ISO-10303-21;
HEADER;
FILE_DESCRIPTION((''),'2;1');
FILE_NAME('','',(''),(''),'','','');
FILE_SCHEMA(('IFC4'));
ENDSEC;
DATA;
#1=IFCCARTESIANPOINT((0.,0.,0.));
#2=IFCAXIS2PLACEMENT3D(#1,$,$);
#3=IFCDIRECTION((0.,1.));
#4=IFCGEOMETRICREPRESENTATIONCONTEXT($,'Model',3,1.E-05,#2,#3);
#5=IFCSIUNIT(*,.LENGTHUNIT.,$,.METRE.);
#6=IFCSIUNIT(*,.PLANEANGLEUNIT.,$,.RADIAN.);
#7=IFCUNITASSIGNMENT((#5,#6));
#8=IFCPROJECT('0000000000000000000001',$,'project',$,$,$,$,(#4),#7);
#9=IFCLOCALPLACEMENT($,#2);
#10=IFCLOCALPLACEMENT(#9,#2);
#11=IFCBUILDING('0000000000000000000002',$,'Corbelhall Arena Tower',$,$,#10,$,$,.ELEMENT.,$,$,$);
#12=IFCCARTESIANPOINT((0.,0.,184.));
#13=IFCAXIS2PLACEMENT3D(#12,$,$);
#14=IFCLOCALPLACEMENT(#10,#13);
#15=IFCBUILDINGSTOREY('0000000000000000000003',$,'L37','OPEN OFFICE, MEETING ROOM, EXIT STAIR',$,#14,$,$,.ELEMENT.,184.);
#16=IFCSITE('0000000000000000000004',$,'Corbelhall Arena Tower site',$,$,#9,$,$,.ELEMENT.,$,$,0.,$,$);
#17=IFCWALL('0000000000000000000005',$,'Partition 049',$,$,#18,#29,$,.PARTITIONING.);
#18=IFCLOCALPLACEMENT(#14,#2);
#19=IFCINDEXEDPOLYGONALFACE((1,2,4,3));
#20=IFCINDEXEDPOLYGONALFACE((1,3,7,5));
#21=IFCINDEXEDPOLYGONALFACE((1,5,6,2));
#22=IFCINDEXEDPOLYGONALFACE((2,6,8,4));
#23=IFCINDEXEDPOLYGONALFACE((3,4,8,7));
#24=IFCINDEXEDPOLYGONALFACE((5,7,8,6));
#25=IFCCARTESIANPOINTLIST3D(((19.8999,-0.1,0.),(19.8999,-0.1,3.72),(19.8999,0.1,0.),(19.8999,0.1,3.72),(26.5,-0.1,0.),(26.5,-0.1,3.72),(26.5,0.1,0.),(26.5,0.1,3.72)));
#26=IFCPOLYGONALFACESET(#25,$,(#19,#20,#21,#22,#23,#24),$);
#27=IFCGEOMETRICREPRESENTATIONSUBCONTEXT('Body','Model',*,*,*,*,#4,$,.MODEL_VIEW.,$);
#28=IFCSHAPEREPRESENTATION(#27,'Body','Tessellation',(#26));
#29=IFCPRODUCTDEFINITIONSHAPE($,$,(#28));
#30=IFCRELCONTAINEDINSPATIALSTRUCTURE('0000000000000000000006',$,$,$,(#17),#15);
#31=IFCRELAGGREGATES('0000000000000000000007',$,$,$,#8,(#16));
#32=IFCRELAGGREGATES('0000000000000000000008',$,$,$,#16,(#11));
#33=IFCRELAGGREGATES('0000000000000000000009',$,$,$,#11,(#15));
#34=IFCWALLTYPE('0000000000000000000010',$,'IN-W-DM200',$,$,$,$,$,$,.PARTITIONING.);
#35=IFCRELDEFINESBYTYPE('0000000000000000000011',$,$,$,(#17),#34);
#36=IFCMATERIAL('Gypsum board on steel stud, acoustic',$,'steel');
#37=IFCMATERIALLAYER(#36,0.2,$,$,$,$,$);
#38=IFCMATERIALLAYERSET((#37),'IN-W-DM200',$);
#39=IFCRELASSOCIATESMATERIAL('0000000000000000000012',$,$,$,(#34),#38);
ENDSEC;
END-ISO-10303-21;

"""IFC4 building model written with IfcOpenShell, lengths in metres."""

from ifc_helpers import new_model, si_unit, direction, frame, frame_2d, origin, place, context, subcontext, project, spatial, rectangle, extrude, material, layer, layer_set, type_object, element, save


model = new_model("IFC4")

# Units and contexts
model_context = context("Model", 3, precision=1e-05, world=origin(), true_north=direction((0.0, 1.0)))
body_context = subcontext(model_context, "Body", "Model", "MODEL_VIEW")
ifc_project = project(units=[si_unit("LENGTHUNIT", "METRE"), si_unit("PLANEANGLEUNIT", "RADIAN")], contexts=[model_context])

# Site, building, storey
site_placement = place(None, origin())
site = spatial("IfcSite", under=ifc_project, at=site_placement, Name="Corbelhall Arena Tower site", CompositionType="ELEMENT", RefElevation=0.0)
building_placement = place(site_placement, origin())
building = spatial("IfcBuilding", under=site, at=building_placement, Name="Corbelhall Arena Tower", CompositionType="ELEMENT")
storey_placement = place(building_placement, frame((0.0, 0.0, 184.0)))
storey = spatial("IfcBuildingStorey", under=building, at=storey_placement, Name="L37", Description="OPEN OFFICE, MEETING ROOM, EXIT STAIR", CompositionType="ELEMENT", Elevation=184.0)

# Wall
ifc_material_1 = material(Name="Gypsum board on steel stud, acoustic", Category="steel")
ifc_layer_1 = layer(ifc_material_1, 0.2)
ifc_layer_set_1 = layer_set([ifc_layer_1], Name="IN-W-DM200")
wall_type_1 = type_object("IfcWallType", Name="IN-W-DM200", PredefinedType="PARTITIONING", material=ifc_layer_set_1)
wall_1_placement = place(storey_placement, frame((26.5, 0.0, 0.0), z_axis=(0.0, 0.0, 1.0), x_axis=(-1.0, 0.0, 0.0)))
element("IfcWall", 1, at=wall_1_placement, inside=storey, type_object=wall_type_1, Name="Partition 049", PredefinedType="PARTITIONING", context=body_context, shape_type="SweptSolid", body=[
    extrude(rectangle(XDim=6.6001, YDim=0.2, at=frame_2d((3.3, 0.0))), origin(), (0.0, 0.0, 1.0), 3.72),
])

save(model, "model.ifc")
